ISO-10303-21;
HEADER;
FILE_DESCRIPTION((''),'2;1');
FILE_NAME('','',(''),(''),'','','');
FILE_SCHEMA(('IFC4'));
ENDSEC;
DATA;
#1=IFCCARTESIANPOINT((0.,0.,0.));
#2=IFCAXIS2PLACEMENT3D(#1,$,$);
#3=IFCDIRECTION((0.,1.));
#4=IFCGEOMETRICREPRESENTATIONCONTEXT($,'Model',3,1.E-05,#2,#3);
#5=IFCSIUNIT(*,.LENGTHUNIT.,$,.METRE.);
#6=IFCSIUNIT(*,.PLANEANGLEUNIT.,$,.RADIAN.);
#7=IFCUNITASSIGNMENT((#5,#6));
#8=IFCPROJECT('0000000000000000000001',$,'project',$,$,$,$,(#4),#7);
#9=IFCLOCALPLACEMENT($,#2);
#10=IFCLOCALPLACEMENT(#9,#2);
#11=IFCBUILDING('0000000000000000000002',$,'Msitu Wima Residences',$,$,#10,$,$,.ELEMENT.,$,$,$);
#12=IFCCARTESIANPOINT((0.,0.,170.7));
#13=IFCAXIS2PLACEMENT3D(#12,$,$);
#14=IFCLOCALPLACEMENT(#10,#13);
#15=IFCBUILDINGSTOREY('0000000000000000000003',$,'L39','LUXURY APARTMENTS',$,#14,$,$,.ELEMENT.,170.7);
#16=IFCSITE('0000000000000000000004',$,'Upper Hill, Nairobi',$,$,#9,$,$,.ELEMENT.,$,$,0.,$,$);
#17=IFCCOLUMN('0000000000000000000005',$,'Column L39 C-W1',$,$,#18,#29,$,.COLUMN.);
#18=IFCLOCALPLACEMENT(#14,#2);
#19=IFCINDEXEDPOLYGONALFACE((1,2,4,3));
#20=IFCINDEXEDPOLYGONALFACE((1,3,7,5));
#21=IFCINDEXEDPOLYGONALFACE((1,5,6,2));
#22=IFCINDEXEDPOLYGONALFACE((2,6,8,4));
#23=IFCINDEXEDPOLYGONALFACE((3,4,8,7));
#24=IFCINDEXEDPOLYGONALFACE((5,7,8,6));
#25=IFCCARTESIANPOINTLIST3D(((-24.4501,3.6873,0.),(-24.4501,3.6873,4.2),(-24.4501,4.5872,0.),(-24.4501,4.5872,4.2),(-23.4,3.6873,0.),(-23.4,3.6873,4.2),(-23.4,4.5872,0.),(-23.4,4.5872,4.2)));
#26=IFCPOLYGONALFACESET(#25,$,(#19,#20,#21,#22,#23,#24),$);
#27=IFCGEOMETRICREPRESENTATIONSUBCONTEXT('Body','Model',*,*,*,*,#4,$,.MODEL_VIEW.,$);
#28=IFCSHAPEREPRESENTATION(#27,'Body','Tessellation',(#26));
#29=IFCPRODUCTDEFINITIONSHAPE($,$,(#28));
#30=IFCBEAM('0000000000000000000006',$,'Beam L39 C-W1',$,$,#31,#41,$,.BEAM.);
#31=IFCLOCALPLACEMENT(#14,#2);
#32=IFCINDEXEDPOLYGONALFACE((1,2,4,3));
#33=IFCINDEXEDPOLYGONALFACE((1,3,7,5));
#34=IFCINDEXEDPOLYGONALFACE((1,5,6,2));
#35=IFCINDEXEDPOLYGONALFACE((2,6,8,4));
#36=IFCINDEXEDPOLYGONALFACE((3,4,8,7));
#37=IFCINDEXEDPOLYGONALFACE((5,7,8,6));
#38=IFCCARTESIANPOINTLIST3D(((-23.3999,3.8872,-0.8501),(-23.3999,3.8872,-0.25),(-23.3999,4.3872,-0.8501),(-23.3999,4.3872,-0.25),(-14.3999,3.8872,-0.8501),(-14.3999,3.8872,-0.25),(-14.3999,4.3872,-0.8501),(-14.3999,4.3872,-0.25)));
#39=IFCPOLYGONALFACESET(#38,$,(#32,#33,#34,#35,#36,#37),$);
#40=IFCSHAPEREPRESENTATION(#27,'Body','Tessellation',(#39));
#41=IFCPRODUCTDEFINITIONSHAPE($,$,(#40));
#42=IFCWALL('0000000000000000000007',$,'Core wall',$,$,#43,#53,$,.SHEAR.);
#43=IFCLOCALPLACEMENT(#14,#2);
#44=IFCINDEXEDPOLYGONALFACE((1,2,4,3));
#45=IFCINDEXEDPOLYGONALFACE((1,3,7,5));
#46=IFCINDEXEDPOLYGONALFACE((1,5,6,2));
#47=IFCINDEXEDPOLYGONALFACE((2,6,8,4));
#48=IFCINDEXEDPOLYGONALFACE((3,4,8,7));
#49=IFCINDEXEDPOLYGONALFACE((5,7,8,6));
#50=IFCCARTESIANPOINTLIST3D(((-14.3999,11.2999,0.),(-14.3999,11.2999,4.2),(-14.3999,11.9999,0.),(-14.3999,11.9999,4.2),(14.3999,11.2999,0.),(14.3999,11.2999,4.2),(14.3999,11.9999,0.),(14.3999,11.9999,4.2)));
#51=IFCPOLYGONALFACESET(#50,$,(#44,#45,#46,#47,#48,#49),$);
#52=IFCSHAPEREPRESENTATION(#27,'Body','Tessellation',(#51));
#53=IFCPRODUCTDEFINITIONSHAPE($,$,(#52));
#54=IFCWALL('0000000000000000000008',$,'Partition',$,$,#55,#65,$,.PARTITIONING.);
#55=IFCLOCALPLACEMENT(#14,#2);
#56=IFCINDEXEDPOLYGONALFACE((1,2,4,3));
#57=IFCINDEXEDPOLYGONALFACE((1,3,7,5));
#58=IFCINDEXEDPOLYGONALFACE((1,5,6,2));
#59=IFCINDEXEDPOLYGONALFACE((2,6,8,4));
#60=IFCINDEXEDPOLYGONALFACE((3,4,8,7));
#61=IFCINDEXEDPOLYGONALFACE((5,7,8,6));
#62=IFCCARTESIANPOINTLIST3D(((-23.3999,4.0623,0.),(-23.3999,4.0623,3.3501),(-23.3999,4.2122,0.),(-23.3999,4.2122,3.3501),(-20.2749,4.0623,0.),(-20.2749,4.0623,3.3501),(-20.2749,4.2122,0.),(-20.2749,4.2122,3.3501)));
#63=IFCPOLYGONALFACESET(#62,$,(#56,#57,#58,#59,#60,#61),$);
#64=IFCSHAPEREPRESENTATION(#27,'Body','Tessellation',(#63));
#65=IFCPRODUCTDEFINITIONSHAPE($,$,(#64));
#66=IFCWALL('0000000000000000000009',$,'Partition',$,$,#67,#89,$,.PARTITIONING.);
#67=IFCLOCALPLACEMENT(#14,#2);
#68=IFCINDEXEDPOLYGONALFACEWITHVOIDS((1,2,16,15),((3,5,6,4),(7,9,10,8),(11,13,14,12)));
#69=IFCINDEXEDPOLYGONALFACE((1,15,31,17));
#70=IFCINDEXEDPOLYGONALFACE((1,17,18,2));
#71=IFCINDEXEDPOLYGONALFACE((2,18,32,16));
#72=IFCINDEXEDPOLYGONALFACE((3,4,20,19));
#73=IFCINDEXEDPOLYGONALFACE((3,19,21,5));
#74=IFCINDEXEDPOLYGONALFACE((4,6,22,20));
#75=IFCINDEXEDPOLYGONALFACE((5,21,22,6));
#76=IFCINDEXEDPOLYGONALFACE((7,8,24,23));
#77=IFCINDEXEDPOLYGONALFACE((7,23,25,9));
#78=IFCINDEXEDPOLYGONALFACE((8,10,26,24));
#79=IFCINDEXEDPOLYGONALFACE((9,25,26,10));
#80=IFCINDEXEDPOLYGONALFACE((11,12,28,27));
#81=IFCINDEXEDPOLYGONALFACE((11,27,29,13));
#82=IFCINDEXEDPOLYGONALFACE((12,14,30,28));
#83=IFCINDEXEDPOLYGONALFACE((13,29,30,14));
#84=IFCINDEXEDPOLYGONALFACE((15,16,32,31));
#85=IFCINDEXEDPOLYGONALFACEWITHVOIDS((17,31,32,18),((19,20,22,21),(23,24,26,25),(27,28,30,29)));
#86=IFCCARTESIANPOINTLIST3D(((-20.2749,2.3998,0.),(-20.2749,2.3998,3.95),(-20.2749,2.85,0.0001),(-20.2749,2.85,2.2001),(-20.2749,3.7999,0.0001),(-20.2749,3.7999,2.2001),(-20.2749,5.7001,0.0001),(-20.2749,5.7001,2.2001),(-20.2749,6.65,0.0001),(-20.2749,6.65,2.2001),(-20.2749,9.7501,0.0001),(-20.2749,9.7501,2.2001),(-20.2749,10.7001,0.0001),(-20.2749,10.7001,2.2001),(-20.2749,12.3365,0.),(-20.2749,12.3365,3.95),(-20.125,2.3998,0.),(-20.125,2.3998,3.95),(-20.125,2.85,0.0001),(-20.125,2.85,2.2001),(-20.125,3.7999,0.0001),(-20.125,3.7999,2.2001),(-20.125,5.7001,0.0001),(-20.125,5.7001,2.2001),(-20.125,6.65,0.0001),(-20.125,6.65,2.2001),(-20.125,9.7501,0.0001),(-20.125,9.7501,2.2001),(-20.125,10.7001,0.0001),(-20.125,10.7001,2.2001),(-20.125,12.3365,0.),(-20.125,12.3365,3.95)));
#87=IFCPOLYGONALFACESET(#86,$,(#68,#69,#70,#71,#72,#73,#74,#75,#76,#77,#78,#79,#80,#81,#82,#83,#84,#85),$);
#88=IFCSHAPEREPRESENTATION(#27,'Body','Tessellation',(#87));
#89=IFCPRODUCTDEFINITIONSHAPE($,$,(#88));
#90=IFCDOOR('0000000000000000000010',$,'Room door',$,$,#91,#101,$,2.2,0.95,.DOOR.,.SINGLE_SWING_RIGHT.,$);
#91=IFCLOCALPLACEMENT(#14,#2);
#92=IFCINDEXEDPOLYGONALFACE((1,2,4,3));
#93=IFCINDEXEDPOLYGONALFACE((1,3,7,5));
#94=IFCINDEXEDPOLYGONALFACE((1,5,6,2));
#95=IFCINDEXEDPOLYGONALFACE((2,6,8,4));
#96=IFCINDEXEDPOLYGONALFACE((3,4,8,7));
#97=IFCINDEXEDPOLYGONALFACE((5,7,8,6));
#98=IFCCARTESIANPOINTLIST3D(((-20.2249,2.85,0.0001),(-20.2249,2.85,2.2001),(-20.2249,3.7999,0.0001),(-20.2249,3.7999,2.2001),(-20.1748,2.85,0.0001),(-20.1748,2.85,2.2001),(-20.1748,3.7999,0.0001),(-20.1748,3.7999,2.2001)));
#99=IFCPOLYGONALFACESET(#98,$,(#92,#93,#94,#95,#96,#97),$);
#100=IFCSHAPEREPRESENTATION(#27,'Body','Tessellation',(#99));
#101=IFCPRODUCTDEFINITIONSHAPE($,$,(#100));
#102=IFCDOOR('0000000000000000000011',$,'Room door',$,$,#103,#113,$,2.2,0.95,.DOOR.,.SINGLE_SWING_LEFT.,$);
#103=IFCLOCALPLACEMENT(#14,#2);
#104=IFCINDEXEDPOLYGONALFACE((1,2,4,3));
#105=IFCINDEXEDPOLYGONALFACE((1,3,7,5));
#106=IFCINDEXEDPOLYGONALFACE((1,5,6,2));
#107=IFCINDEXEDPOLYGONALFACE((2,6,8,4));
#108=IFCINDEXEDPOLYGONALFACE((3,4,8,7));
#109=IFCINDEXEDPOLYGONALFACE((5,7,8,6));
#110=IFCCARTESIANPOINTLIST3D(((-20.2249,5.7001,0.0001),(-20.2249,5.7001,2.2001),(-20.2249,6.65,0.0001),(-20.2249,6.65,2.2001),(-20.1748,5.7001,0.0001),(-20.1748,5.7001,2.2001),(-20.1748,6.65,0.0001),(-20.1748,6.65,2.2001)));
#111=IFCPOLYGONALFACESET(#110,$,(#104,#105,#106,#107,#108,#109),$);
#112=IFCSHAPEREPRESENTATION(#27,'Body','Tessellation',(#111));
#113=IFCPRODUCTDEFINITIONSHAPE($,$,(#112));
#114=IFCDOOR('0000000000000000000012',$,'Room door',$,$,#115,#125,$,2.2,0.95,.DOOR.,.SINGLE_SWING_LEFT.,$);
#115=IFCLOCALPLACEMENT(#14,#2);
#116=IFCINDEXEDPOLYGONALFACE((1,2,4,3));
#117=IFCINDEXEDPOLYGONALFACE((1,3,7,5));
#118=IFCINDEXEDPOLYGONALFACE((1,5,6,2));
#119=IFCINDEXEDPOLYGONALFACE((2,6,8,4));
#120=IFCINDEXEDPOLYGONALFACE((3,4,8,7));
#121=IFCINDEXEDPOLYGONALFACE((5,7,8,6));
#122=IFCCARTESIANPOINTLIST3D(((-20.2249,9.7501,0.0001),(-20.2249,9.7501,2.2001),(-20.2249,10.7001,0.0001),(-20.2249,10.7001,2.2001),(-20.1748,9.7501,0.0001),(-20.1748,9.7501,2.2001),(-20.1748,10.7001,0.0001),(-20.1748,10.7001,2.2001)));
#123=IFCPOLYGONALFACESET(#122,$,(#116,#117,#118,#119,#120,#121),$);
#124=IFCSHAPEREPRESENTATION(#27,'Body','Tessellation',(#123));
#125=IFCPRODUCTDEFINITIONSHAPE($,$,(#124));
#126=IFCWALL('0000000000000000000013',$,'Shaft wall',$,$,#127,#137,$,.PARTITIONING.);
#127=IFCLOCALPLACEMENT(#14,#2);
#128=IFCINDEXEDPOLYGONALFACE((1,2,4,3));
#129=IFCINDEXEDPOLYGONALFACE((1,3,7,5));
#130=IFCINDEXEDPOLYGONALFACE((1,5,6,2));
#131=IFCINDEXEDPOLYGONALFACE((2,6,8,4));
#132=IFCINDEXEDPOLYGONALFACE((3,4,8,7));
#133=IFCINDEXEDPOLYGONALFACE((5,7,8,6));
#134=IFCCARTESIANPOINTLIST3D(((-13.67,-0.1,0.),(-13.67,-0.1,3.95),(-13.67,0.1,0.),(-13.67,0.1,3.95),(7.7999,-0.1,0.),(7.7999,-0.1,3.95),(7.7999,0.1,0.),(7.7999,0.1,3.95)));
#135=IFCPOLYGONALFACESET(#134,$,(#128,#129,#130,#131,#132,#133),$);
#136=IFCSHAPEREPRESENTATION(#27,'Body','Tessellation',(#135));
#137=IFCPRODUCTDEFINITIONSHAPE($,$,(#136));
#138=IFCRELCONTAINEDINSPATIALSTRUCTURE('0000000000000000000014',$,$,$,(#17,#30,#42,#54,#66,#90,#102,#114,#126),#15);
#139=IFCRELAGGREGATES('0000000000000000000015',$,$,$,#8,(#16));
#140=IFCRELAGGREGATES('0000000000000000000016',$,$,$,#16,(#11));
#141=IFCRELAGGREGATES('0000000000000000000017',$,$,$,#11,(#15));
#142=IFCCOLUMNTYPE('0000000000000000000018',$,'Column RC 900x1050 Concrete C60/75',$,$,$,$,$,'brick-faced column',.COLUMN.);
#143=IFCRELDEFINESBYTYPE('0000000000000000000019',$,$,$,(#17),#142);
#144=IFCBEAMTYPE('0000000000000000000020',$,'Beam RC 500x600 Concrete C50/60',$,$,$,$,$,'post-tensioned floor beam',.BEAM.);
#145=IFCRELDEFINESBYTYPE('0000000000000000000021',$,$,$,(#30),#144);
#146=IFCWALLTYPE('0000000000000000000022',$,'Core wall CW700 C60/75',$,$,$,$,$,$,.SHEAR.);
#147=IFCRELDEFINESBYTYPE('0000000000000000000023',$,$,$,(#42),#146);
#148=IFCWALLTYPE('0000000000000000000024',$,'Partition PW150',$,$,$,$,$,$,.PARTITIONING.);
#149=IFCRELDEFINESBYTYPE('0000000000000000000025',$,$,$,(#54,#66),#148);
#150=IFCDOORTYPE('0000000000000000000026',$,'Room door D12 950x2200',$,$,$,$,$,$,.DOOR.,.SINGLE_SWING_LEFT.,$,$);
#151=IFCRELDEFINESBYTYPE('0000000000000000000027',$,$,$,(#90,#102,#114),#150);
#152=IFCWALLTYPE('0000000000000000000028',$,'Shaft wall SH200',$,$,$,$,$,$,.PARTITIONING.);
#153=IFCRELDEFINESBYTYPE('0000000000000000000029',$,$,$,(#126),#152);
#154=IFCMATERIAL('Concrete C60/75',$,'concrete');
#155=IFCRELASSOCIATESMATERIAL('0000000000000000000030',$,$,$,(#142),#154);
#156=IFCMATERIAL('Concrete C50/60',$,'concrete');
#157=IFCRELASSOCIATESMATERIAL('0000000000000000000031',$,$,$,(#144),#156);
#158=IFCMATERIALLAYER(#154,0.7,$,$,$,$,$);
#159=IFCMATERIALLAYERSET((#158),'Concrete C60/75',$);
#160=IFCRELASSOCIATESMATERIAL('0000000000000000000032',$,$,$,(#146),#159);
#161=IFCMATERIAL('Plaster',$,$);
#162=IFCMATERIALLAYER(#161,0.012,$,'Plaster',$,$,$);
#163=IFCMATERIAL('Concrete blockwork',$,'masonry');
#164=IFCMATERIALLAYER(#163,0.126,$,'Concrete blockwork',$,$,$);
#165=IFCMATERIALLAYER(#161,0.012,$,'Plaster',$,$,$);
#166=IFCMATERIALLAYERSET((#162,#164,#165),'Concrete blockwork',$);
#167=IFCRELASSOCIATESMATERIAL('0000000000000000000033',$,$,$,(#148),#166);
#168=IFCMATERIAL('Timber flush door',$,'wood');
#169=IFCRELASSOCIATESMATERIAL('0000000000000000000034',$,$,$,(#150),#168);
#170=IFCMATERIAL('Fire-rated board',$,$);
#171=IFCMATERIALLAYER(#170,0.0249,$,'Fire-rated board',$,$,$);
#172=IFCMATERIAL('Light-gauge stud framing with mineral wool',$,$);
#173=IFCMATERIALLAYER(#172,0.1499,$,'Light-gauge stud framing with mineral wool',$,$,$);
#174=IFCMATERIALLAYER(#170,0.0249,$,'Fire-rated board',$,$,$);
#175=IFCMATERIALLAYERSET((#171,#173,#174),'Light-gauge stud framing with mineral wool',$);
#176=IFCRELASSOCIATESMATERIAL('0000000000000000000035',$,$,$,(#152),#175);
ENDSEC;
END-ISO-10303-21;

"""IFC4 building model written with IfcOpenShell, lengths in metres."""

from ifc_helpers import new_model, si_unit, direction, frame, frame_2d, origin, origin_2d, place, context, subcontext, project, spatial, rectangle, extrude, material, layer, layer_set, material_profile, profile_set, type_object, element, fill, save


model = new_model("IFC4")

# Units and contexts
model_context = context("Model", 3, precision=1e-05, world=origin(), true_north=direction((0.0, 1.0)))
body_context = subcontext(model_context, "Body", "Model", "MODEL_VIEW")
ifc_project = project(units=[si_unit("LENGTHUNIT", "METRE"), si_unit("PLANEANGLEUNIT", "RADIAN")], contexts=[model_context])

# Site, building, storey
site_placement = place(None, origin())
site = spatial("IfcSite", under=ifc_project, at=site_placement, Name="Upper Hill, Nairobi", CompositionType="ELEMENT", RefElevation=0.0)
building_placement = place(site_placement, origin())
building = spatial("IfcBuilding", under=site, at=building_placement, Name="Msitu Wima Residences", CompositionType="ELEMENT")
storey_placement = place(building_placement, frame((0.0, 0.0, 170.7)))
storey = spatial("IfcBuildingStorey", under=building, at=storey_placement, Name="L39", Description="LUXURY APARTMENTS", CompositionType="ELEMENT", Elevation=170.7)

# Column
ifc_material_1 = material(Name="Concrete C60/75", Category="concrete")
ifc_material_profile_1 = material_profile(ifc_material_1, rectangle(XDim=0.8999, YDim=1.05, at=origin_2d()), Name="RC 900x1050")
ifc_profile_set_1 = profile_set([ifc_material_profile_1], Name="Concrete C60/75")
column_type = type_object("IfcColumnType", Name="Column RC 900x1050 Concrete C60/75", ElementType="brick-faced column", PredefinedType="COLUMN", material=ifc_profile_set_1)
column_placement = place(storey_placement, frame((-23.925, 4.1372, 0.0), z_axis=(0.0, 0.0, 1.0), x_axis=(0.0, -1.0, 0.0)))
element("IfcColumn", 1, at=column_placement, inside=storey, type_object=column_type, Name="Column L39 C-W1", PredefinedType="COLUMN", context=body_context, shape_type="SweptSolid", body=[
    extrude(rectangle(XDim=0.8999, YDim=1.05, at=origin_2d()), origin(), (0.0, 0.0, 1.0), 4.2),
])

# Beam
ifc_material_2 = material(Name="Concrete C50/60", Category="concrete")
ifc_material_profile_2 = material_profile(ifc_material_2, rectangle(XDim=0.5, YDim=0.6001, at=origin_2d()), Name="RC 500x600")
ifc_profile_set_2 = profile_set([ifc_material_profile_2], Name="Concrete C50/60")
beam_type = type_object("IfcBeamType", Name="Beam RC 500x600 Concrete C50/60", ElementType="post-tensioned floor beam", PredefinedType="BEAM", material=ifc_profile_set_2)
beam_placement = place(storey_placement, frame((-23.3999, 4.1372, -0.55), z_axis=(1.0, 0.0, 0.0), x_axis=(0.0, 1.0, 0.0)))
element("IfcBeam", 2, at=beam_placement, inside=storey, type_object=beam_type, Name="Beam L39 C-W1", PredefinedType="BEAM", context=body_context, shape_type="SweptSolid", body=[
    extrude(rectangle(XDim=0.5, YDim=0.6001, at=origin_2d()), origin(), (0.0, 0.0, 1.0), 9.0),
])

# Walls
ifc_layer_1 = layer(ifc_material_1, 0.7)
ifc_layer_set_1 = layer_set([ifc_layer_1], Name="Concrete C60/75")
wall_type_1 = type_object("IfcWallType", Name="Core wall CW700 C60/75", PredefinedType="SHEAR", material=ifc_layer_set_1)
wall_1_placement = place(storey_placement, frame((-14.3999, 11.6499, 0.0), z_axis=(0.0, 0.0, 1.0), x_axis=(1.0, 0.0, 0.0)))
element("IfcWall", 3, at=wall_1_placement, inside=storey, type_object=wall_type_1, Name="Core wall", PredefinedType="SHEAR", context=body_context, shape_type="SweptSolid", body=[
    extrude(rectangle(XDim=28.7998, YDim=0.7, at=frame_2d((14.3999, 0.0))), origin(), (0.0, 0.0, 1.0), 4.2),
])
ifc_material_3 = material(Name="Plaster")
ifc_layer_2 = layer(ifc_material_3, 0.012, Name="Plaster")
ifc_material_4 = material(Name="Concrete blockwork", Category="masonry")
ifc_layer_3 = layer(ifc_material_4, 0.126, Name="Concrete blockwork")
ifc_layer_4 = layer(ifc_material_3, 0.012, Name="Plaster")
ifc_layer_set_2 = layer_set([ifc_layer_2, ifc_layer_3, ifc_layer_4], Name="Concrete blockwork")
wall_type_2 = type_object("IfcWallType", Name="Partition PW150", PredefinedType="PARTITIONING", material=ifc_layer_set_2)
wall_2_placement = place(storey_placement, frame((-23.3999, 4.1372, 0.0), z_axis=(0.0, 0.0, 1.0), x_axis=(1.0, 0.0, 0.0)))
element("IfcWall", 4, at=wall_2_placement, inside=storey, type_object=wall_type_2, Name="Partition", PredefinedType="PARTITIONING", context=body_context, shape_type="SweptSolid", body=[
    extrude(rectangle(XDim=3.125, YDim=0.1499, at=frame_2d((1.5625, 0.0))), origin(), (0.0, 0.0, 1.0), 3.3501),
])

# Wall, openings, doors
wall_3_placement = place(storey_placement, frame((-20.2, 2.3999, 0.0), z_axis=(0.0, 0.0, 1.0), x_axis=(0.0, 1.0, 0.0)))
wall_3 = element("IfcWall", 5, at=wall_3_placement, inside=storey, type_object=wall_type_2, Name="Partition", PredefinedType="PARTITIONING", context=body_context, shape_type="SweptSolid", body=[
    extrude(rectangle(XDim=9.9368, YDim=0.1499, at=frame_2d((4.9683, 0.0))), origin(), (0.0, 0.0, 1.0), 3.95),
])
opening_1_placement = place(wall_3_placement, frame((0.45, 0.0, 0.0)))
opening_1 = element("IfcOpeningElement", 6, at=opening_1_placement, cuts=wall_3, PredefinedType="OPENING", context=body_context, shape_type="SweptSolid", body=[
    extrude(rectangle(XDim=0.95, YDim=2.2, at=frame_2d((0.4751, 1.1001))), frame((0.0, 0.085, 0.0), z_axis=(0.0, -1.0, 0.0), x_axis=(1.0, 0.0, 0.0)), (0.0, 0.0, 1.0), 0.1699),
])
opening_2_placement = place(wall_3_placement, frame((3.3, 0.0, 0.0)))
opening_2 = element("IfcOpeningElement", 7, at=opening_2_placement, cuts=wall_3, PredefinedType="OPENING", context=body_context, shape_type="SweptSolid", body=[
    extrude(rectangle(XDim=0.95, YDim=2.2, at=frame_2d((0.4751, 1.1001))), frame((0.0, 0.085, 0.0), z_axis=(0.0, -1.0, 0.0), x_axis=(1.0, 0.0, 0.0)), (0.0, 0.0, 1.0), 0.1699),
])
opening_3_placement = place(wall_3_placement, frame((7.3501, 0.0, 0.0)))
opening_3 = element("IfcOpeningElement", 8, at=opening_3_placement, cuts=wall_3, PredefinedType="OPENING", context=body_context, shape_type="SweptSolid", body=[
    extrude(rectangle(XDim=0.95, YDim=2.2, at=frame_2d((0.4751, 1.1001))), frame((0.0, 0.085, 0.0), z_axis=(0.0, -1.0, 0.0), x_axis=(1.0, 0.0, 0.0)), (0.0, 0.0, 1.0), 0.1699),
])
ifc_material_5 = material(Name="Timber flush door", Category="wood")
door_type_1 = type_object("IfcDoorType", Name="Room door D12 950x2200", OperationType="SINGLE_SWING_LEFT", PredefinedType="DOOR", material=ifc_material_5)
door_1_placement = place(opening_1_placement, origin())
door_1 = element("IfcDoor", 9, at=door_1_placement, inside=storey, type_object=door_type_1, Name="Room door", OperationType="SINGLE_SWING_RIGHT", OverallHeight=2.2, OverallWidth=0.95, PredefinedType="DOOR", context=body_context, shape_type="SweptSolid", body=[
    extrude(rectangle(XDim=0.95, YDim=2.2, at=frame_2d((0.4751, 1.1001))), frame((0.0, 0.0249, 0.0), z_axis=(0.0, -1.0, 0.0), x_axis=(1.0, 0.0, 0.0)), (0.0, 0.0, 1.0), 0.05),
])
fill(opening_1, door_1)
door_2_placement = place(opening_2_placement, origin())
door_2 = element("IfcDoor", 10, at=door_2_placement, inside=storey, type_object=door_type_1, Name="Room door", OperationType="SINGLE_SWING_LEFT", OverallHeight=2.2, OverallWidth=0.95, PredefinedType="DOOR", context=body_context, shape_type="SweptSolid", body=[
    extrude(rectangle(XDim=0.95, YDim=2.2, at=frame_2d((0.4751, 1.1001))), frame((0.0, 0.0249, 0.0), z_axis=(0.0, -1.0, 0.0), x_axis=(1.0, 0.0, 0.0)), (0.0, 0.0, 1.0), 0.05),
])
fill(opening_2, door_2)
door_3_placement = place(opening_3_placement, origin())
door_3 = element("IfcDoor", 11, at=door_3_placement, inside=storey, type_object=door_type_1, Name="Room door", OperationType="SINGLE_SWING_LEFT", OverallHeight=2.2, OverallWidth=0.95, PredefinedType="DOOR", context=body_context, shape_type="SweptSolid", body=[
    extrude(rectangle(XDim=0.95, YDim=2.2, at=frame_2d((0.4751, 1.1001))), frame((0.0, 0.0249, 0.0), z_axis=(0.0, -1.0, 0.0), x_axis=(1.0, 0.0, 0.0)), (0.0, 0.0, 1.0), 0.05),
])
fill(opening_3, door_3)

# Wall
ifc_material_6 = material(Name="Fire-rated board")
ifc_layer_5 = layer(ifc_material_6, 0.0249, Name="Fire-rated board")
ifc_material_7 = material(Name="Light-gauge stud framing with mineral wool")
ifc_layer_6 = layer(ifc_material_7, 0.1499, Name="Light-gauge stud framing with mineral wool")
ifc_layer_7 = layer(ifc_material_6, 0.0249, Name="Fire-rated board")
ifc_layer_set_3 = layer_set([ifc_layer_5, ifc_layer_6, ifc_layer_7], Name="Light-gauge stud framing with mineral wool")
wall_type_3 = type_object("IfcWallType", Name="Shaft wall SH200", PredefinedType="PARTITIONING", material=ifc_layer_set_3)
wall_4_placement = place(storey_placement, frame((-13.6699, 0.0, 0.0), z_axis=(0.0, 0.0, 1.0), x_axis=(1.0, 0.0, 0.0)))
element("IfcWall", 12, at=wall_4_placement, inside=storey, type_object=wall_type_3, Name="Shaft wall", PredefinedType="PARTITIONING", context=body_context, shape_type="SweptSolid", body=[
    extrude(rectangle(XDim=21.47, YDim=0.2, at=frame_2d((10.7349, 0.0))), origin(), (0.0, 0.0, 1.0), 3.95),
])

save(model, "model.ifc")
